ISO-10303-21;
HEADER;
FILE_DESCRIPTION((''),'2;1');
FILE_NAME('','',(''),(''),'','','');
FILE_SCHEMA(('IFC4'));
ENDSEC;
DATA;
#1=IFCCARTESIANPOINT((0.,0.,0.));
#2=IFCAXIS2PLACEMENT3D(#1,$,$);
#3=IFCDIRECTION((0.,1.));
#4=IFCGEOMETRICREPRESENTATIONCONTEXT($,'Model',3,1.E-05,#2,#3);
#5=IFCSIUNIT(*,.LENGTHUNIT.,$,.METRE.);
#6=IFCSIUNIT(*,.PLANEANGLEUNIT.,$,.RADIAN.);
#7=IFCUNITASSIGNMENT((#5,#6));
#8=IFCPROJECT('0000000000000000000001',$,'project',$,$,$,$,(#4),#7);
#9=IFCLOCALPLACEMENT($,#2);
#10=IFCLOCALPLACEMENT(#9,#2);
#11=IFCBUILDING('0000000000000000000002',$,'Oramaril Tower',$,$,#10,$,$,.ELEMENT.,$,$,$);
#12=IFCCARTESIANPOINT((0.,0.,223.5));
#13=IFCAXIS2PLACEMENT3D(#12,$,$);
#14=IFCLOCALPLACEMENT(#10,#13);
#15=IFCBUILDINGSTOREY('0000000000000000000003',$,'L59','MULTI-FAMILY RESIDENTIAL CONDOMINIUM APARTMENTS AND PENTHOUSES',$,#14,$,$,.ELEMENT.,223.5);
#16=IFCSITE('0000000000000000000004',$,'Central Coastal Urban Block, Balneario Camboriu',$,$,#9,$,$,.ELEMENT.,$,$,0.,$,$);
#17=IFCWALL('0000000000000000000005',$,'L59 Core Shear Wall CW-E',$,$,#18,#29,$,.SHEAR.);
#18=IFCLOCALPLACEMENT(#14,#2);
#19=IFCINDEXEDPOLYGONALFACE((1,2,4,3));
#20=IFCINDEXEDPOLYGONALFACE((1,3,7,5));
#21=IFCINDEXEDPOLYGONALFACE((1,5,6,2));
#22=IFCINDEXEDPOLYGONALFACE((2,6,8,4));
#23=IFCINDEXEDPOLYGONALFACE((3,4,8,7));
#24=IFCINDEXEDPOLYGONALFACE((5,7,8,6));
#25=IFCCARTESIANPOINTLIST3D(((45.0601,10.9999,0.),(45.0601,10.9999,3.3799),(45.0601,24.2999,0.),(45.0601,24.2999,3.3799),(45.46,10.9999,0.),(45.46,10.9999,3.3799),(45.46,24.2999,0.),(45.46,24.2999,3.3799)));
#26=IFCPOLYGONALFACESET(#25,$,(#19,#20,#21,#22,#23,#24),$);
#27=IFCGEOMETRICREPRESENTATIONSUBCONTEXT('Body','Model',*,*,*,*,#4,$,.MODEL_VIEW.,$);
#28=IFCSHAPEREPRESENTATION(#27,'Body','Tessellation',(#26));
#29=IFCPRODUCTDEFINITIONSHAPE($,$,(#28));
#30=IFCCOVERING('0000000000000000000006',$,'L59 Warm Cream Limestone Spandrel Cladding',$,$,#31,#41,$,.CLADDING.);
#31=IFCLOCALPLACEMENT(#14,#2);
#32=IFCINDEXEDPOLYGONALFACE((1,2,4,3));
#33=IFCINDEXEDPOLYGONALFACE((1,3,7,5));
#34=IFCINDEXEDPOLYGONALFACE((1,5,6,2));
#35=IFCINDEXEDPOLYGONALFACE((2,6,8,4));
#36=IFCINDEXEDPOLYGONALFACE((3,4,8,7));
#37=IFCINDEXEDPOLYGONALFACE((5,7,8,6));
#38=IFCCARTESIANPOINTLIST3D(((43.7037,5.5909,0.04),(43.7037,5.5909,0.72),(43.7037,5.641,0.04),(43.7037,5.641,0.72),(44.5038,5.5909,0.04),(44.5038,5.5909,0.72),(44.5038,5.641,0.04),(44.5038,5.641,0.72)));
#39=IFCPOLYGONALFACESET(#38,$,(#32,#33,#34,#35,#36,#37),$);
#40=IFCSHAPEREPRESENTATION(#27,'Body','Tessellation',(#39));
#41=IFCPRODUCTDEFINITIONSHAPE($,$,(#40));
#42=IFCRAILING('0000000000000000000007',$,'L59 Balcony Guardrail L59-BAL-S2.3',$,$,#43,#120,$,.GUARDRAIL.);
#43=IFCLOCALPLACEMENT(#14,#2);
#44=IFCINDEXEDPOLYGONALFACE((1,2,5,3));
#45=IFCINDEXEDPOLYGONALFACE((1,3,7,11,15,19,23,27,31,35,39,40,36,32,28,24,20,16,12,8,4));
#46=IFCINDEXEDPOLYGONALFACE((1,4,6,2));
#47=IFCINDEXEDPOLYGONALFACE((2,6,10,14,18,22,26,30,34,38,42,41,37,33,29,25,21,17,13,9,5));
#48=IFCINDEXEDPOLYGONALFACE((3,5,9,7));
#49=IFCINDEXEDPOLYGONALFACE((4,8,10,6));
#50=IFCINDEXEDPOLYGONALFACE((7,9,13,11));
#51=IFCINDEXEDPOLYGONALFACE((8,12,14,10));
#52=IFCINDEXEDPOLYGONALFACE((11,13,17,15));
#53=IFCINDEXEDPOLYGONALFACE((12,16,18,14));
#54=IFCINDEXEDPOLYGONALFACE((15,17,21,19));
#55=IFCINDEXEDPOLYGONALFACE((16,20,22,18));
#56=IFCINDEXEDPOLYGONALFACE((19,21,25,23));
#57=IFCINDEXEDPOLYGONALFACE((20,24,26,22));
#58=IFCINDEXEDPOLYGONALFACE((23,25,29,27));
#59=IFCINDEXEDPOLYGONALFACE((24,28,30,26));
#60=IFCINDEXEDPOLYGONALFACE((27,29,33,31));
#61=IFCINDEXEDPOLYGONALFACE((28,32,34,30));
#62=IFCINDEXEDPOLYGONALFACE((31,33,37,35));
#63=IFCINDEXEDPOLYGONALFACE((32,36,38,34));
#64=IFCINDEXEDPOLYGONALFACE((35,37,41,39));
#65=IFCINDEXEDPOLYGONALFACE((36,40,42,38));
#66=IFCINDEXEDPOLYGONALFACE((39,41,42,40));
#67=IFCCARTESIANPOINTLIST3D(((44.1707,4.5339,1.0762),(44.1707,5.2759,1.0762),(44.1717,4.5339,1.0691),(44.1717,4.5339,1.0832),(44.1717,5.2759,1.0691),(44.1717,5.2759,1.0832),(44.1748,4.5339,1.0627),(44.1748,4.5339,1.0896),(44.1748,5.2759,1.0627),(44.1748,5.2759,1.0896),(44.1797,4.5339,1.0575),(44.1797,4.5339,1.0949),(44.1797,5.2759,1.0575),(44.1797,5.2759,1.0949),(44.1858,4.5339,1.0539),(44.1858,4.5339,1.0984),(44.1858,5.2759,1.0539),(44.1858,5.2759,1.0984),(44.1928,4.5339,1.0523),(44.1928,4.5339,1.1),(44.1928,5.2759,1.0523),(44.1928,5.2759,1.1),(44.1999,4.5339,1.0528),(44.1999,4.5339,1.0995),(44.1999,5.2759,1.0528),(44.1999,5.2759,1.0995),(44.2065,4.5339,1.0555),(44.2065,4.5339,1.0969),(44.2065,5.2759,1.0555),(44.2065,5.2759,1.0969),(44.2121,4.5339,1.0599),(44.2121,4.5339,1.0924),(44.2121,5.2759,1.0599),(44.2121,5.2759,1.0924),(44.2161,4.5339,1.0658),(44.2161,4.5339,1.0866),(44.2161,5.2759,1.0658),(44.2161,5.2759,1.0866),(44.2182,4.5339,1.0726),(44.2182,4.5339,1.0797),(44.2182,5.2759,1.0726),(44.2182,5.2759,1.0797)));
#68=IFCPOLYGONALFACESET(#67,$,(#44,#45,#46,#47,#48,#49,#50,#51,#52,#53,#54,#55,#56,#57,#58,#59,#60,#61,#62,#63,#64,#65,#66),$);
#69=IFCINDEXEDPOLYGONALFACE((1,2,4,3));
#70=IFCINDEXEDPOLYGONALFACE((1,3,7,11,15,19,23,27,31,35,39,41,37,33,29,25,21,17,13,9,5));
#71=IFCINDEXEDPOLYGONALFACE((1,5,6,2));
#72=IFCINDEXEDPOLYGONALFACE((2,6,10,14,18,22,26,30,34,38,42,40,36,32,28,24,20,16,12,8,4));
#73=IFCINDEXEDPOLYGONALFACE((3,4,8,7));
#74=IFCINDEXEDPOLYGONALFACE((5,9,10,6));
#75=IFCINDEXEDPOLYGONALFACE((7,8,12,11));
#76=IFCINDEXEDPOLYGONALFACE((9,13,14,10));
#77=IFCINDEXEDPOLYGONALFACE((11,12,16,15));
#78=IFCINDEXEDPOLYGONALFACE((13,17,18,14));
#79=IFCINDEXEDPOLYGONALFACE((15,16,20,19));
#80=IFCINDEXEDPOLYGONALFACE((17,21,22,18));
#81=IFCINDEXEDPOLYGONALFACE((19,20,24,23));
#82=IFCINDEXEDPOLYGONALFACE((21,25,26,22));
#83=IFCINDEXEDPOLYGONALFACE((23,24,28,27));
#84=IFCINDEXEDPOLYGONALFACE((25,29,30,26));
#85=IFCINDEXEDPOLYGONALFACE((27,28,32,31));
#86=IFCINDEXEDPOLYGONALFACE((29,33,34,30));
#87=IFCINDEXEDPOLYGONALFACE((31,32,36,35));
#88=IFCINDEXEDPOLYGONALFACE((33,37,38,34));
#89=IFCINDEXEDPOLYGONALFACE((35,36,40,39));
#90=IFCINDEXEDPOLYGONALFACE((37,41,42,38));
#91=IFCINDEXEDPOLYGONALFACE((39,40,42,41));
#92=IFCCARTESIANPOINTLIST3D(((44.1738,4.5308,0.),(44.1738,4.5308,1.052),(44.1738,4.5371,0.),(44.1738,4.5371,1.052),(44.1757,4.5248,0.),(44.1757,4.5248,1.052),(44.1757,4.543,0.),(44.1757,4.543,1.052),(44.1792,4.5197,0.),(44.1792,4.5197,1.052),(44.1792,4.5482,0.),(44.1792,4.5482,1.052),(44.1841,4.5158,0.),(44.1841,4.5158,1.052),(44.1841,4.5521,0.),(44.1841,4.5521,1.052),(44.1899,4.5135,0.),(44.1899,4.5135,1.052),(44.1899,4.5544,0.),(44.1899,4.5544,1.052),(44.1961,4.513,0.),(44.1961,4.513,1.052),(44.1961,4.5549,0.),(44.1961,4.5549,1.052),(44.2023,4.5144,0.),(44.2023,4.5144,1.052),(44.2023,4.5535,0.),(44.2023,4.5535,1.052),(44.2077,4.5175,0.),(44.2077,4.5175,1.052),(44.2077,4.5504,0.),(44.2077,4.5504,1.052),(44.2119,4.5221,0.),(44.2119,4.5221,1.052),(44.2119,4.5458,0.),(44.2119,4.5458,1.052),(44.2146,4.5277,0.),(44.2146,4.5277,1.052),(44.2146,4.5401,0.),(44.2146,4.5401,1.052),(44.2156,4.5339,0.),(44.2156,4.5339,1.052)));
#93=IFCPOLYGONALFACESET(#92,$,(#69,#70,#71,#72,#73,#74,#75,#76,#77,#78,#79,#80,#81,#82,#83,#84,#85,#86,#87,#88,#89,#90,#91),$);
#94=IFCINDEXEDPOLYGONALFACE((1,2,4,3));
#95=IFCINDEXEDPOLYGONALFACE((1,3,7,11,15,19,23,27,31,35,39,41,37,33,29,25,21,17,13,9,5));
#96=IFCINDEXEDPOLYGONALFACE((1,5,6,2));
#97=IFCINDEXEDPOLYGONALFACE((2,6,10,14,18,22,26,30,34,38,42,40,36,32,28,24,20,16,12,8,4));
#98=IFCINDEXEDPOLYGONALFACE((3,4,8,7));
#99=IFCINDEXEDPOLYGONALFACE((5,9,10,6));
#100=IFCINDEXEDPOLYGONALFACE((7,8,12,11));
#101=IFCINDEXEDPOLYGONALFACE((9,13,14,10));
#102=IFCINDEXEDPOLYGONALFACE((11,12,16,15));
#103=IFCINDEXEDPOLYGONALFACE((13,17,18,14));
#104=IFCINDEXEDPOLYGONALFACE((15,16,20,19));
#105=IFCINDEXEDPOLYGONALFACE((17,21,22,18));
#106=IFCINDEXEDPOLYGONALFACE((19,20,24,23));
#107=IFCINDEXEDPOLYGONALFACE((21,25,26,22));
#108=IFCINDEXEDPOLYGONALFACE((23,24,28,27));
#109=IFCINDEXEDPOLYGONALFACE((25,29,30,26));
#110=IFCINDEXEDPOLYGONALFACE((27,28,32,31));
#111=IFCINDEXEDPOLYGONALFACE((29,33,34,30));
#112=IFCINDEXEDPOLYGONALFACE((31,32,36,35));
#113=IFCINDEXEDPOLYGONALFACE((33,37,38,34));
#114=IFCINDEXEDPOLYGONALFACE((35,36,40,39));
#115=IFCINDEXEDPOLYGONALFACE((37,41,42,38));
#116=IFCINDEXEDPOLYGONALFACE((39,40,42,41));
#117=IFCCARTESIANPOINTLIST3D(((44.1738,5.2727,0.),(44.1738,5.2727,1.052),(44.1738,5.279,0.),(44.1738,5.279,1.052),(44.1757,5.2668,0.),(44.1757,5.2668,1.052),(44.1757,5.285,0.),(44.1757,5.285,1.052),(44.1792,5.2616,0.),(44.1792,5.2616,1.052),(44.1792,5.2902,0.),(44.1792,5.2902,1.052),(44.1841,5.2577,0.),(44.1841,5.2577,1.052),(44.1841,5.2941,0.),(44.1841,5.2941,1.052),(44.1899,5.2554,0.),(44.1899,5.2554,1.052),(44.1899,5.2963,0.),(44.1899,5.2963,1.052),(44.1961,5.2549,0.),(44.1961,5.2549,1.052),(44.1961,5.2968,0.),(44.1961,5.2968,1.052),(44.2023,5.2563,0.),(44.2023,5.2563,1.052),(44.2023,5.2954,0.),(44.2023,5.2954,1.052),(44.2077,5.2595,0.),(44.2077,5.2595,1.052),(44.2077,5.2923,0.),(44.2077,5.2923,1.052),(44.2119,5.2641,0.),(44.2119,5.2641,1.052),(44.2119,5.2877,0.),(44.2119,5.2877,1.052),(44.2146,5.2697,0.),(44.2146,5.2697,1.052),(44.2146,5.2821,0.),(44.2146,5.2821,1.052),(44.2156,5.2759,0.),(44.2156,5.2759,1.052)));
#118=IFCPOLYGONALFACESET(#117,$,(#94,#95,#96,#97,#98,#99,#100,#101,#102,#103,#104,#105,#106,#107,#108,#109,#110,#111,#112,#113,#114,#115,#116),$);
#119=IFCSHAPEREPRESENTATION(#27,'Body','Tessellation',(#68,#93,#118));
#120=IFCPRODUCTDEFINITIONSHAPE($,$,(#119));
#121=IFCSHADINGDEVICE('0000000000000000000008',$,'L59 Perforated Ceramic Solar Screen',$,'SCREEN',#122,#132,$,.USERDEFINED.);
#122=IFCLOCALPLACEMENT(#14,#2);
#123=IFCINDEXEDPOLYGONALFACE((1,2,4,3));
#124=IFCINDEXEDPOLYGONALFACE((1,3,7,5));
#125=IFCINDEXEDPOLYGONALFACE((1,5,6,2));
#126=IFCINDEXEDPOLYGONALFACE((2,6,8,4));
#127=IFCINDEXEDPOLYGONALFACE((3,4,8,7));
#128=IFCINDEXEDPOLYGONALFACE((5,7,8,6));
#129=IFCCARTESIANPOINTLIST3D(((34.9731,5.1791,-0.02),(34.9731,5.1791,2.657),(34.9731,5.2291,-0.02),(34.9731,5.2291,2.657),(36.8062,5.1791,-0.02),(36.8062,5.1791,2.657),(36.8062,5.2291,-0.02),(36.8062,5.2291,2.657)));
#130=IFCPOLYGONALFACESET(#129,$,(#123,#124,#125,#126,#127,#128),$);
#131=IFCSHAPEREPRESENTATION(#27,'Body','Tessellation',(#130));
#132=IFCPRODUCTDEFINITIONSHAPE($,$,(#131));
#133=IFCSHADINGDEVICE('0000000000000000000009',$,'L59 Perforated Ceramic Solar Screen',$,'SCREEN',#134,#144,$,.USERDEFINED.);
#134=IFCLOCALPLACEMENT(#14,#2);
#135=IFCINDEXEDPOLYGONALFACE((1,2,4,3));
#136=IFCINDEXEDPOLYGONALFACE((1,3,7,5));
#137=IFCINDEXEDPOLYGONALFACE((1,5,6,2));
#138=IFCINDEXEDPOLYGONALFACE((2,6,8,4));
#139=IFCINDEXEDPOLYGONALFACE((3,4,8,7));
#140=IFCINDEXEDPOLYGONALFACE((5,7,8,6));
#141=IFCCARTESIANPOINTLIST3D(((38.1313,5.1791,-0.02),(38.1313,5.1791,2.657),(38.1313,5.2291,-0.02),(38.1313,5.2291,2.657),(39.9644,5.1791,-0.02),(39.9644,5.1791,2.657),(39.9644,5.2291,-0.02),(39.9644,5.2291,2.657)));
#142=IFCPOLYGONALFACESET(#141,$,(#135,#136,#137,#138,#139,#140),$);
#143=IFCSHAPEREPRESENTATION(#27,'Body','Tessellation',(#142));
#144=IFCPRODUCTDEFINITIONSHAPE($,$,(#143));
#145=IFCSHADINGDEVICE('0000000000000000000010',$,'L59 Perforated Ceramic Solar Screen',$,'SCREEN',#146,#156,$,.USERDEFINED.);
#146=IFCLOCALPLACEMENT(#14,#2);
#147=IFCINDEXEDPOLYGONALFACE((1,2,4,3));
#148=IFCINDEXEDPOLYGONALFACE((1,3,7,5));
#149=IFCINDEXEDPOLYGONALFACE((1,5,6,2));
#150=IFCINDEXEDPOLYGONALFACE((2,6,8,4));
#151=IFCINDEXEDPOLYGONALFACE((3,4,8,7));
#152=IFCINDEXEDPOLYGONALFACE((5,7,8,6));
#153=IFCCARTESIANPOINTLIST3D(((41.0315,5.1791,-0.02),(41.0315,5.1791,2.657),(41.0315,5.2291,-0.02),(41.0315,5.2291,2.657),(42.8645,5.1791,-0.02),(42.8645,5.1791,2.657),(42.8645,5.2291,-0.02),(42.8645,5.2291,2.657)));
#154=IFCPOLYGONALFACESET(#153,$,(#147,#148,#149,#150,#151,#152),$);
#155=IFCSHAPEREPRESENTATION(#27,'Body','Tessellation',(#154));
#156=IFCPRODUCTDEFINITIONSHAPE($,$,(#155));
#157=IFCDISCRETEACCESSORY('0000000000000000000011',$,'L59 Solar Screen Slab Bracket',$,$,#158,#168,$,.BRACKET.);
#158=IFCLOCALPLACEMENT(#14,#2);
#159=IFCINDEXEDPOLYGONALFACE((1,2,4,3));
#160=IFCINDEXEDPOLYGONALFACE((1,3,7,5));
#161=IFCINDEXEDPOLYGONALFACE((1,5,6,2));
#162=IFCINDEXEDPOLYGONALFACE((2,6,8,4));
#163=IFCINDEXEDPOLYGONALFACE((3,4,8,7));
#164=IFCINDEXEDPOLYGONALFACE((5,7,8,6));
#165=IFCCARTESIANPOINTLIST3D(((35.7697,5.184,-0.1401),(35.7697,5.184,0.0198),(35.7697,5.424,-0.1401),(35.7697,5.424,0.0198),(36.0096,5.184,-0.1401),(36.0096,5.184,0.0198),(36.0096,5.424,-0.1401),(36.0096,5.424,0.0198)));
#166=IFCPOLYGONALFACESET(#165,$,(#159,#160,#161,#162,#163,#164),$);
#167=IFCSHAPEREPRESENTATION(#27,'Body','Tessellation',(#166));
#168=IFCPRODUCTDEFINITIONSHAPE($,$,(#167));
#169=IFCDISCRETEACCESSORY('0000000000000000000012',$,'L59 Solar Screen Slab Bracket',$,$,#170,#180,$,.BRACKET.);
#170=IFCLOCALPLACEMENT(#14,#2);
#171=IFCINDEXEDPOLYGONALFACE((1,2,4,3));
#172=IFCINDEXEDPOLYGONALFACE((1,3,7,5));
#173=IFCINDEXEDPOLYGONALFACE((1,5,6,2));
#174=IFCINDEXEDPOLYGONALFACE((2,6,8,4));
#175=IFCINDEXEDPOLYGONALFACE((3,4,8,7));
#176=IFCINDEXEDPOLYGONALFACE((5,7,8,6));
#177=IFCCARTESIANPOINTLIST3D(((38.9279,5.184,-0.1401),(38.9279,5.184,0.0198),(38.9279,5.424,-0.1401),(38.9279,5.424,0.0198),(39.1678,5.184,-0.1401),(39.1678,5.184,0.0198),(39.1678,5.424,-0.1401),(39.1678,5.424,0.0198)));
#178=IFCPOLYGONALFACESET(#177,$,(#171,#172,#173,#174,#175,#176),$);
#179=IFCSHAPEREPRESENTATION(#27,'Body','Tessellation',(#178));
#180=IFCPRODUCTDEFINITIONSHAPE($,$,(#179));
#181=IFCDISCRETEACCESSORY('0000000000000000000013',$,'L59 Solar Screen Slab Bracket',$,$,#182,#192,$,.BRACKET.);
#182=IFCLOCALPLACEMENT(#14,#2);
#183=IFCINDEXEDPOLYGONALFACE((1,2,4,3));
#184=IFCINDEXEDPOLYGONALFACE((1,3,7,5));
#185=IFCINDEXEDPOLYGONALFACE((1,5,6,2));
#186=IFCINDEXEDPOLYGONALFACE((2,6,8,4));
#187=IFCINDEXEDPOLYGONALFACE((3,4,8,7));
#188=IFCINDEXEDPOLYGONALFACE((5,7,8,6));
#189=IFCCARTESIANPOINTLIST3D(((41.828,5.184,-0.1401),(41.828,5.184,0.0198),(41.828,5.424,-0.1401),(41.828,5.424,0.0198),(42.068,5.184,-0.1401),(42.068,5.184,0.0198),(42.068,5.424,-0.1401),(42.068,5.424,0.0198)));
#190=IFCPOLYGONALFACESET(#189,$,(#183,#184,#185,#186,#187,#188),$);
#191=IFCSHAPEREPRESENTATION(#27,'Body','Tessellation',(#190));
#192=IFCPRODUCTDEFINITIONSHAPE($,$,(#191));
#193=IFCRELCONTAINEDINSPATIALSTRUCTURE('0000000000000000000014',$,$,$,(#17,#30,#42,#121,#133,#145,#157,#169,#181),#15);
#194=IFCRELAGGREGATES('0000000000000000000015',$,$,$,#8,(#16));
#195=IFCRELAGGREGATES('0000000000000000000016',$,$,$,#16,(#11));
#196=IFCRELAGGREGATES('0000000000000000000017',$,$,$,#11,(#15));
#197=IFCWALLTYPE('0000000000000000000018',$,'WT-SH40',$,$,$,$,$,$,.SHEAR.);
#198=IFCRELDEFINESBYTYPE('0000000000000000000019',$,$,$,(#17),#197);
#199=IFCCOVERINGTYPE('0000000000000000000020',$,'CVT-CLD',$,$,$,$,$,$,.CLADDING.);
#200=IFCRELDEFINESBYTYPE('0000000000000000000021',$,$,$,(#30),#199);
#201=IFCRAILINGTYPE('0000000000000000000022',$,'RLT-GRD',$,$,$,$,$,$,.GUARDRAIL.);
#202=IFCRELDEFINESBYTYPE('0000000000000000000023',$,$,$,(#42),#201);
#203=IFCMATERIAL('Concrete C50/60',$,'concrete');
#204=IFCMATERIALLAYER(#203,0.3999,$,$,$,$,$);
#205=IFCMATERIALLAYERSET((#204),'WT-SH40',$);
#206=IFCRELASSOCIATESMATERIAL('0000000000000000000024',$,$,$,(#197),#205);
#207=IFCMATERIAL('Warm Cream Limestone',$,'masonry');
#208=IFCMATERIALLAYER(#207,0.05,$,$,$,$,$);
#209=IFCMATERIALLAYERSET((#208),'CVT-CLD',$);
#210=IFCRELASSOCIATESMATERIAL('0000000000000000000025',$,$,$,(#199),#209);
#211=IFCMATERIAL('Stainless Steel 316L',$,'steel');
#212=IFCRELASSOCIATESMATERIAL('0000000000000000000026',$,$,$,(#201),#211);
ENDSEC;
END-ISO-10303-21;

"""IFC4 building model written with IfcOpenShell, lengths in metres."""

from ifc_helpers import new_model, si_unit, direction, frame, frame_2d, origin, origin_2d, place, context, subcontext, project, spatial, rectangle, circle, extrude, material, layer, layer_set, type_object, element, save


model = new_model("IFC4")

# Units and contexts
model_context = context("Model", 3, precision=1e-05, world=origin(), true_north=direction((0.0, 1.0)))
body_context = subcontext(model_context, "Body", "Model", "MODEL_VIEW")
ifc_project = project(units=[si_unit("LENGTHUNIT", "METRE"), si_unit("PLANEANGLEUNIT", "RADIAN")], contexts=[model_context])

# Site, building, storey
site_placement = place(None, origin())
site = spatial("IfcSite", under=ifc_project, at=site_placement, Name="Central Coastal Urban Block, Balneario Camboriu", CompositionType="ELEMENT", RefElevation=0.0)
building_placement = place(site_placement, origin())
building = spatial("IfcBuilding", under=site, at=building_placement, Name="Oramaril Tower", CompositionType="ELEMENT")
storey_placement = place(building_placement, frame((0.0, 0.0, 223.5)))
storey = spatial("IfcBuildingStorey", under=building, at=storey_placement, Name="L59", Description="MULTI-FAMILY RESIDENTIAL CONDOMINIUM APARTMENTS AND PENTHOUSES", CompositionType="ELEMENT", Elevation=223.5)

# Wall
ifc_material_1 = material(Name="Concrete C50/60", Category="concrete")
ifc_layer_1 = layer(ifc_material_1, 0.3999)
ifc_layer_set_1 = layer_set([ifc_layer_1], Name="WT-SH40")
wall_type_1 = type_object("IfcWallType", Name="WT-SH40", PredefinedType="SHEAR", material=ifc_layer_set_1)
wall_1_placement = place(storey_placement, frame((45.26, 11.0, 0.0), z_axis=(0.0, 0.0, 1.0), x_axis=(0.0, 1.0, 0.0)))
element("IfcWall", 1, at=wall_1_placement, inside=storey, type_object=wall_type_1, Name="L59 Core Shear Wall CW-E", PredefinedType="SHEAR", context=body_context, shape_type="SweptSolid", body=[
    extrude(rectangle(XDim=13.3, YDim=0.3999, at=frame_2d((6.6499, 0.0))), origin(), (0.0, 0.0, 1.0), 3.3799),
])

# Covering
ifc_material_2 = material(Name="Warm Cream Limestone", Category="masonry")
ifc_layer_2 = layer(ifc_material_2, 0.05)
ifc_layer_set_2 = layer_set([ifc_layer_2], Name="CVT-CLD")
covering_type = type_object("IfcCoveringType", Name="CVT-CLD", PredefinedType="CLADDING", material=ifc_layer_set_2)
covering_placement = place(storey_placement, frame((44.1038, 5.616, 0.04), z_axis=(0.0, 0.0, 1.0), x_axis=(1.0, 0.0, 0.0)))
element("IfcCovering", 2, at=covering_placement, inside=storey, type_object=covering_type, Name="L59 Warm Cream Limestone Spandrel Cladding", PredefinedType="CLADDING", context=body_context, shape_type="SweptSolid", body=[
    extrude(rectangle(XDim=0.8, YDim=0.05, at=origin_2d()), origin(), (0.0, 0.0, 1.0), 0.6799),
])

# Railing
ifc_material_3 = material(Name="Stainless Steel 316L", Category="steel")
railing_type = type_object("IfcRailingType", Name="RLT-GRD", PredefinedType="GUARDRAIL", material=ifc_material_3)
railing_placement = place(storey_placement, frame((44.1946, 4.5339, 0.0)))
element("IfcRailing", 3, at=railing_placement, inside=storey, type_object=railing_type, Name="L59 Balcony Guardrail L59-BAL-S2.3", PredefinedType="GUARDRAIL", context=body_context, shape_type="SweptSolid", body=[
    extrude(circle(Radius=0.0239, at=origin_2d()), frame((0.0, 0.0, 1.0762), z_axis=(0.0, 1.0, 0.0), x_axis=(-1.0, 0.0, 0.0)), (0.0, 0.0, 1.0), 0.7419),
    extrude(circle(Radius=0.021, at=origin_2d()), origin(), (0.0, 0.0, 1.0), 1.052),
    extrude(circle(Radius=0.021, at=origin_2d()), frame((0.0, 0.7419, 0.0)), (0.0, 0.0, 1.0), 1.052),
])

# Shading devices
for number, where, z_axis, x_axis, name in (
    (4, (35.8896, 5.2041, -0.02), (0.0, 0.0, 1.0), (1.0, 0.0, 0.0), "L59 Perforated Ceramic Solar Screen"),
    (5, (39.0479, 5.2041, -0.02), (0.0, 0.0, 1.0), (1.0, 0.0, 0.0), "L59 Perforated Ceramic Solar Screen"),
    (6, (41.948, 5.2041, -0.02), (0.0, 0.0, 1.0), (1.0, 0.0, 0.0), "L59 Perforated Ceramic Solar Screen"),
):
    element("IfcShadingDevice", number, at=place(storey_placement, frame(where, z_axis=z_axis, x_axis=x_axis)), inside=storey, Name=name, ObjectType="SCREEN", PredefinedType="USERDEFINED", context=body_context, shape_type="SweptSolid", body=[
        extrude(rectangle(XDim=1.833, YDim=0.05, at=origin_2d()), origin(), (0.0, 0.0, 1.0), 2.677),
    ])

# Discrete accessories
for number, where, z_axis, x_axis, name in (
    (7, (35.8896, 5.304, -0.1401), (0.0, 0.0, 1.0), (1.0, 0.0, 0.0), "L59 Solar Screen Slab Bracket"),
    (8, (39.0479, 5.304, -0.1401), (0.0, 0.0, 1.0), (1.0, 0.0, 0.0), "L59 Solar Screen Slab Bracket"),
    (9, (41.948, 5.304, -0.1401), (0.0, 0.0, 1.0), (1.0, 0.0, 0.0), "L59 Solar Screen Slab Bracket"),
):
    element("IfcDiscreteAccessory", number, at=place(storey_placement, frame(where, z_axis=z_axis, x_axis=x_axis)), inside=storey, Name=name, PredefinedType="BRACKET", context=body_context, shape_type="SweptSolid", body=[
        extrude(rectangle(XDim=0.24, YDim=0.24, at=origin_2d()), origin(), (0.0, 0.0, 1.0), 0.1599),
    ])

save(model, "model.ifc")
